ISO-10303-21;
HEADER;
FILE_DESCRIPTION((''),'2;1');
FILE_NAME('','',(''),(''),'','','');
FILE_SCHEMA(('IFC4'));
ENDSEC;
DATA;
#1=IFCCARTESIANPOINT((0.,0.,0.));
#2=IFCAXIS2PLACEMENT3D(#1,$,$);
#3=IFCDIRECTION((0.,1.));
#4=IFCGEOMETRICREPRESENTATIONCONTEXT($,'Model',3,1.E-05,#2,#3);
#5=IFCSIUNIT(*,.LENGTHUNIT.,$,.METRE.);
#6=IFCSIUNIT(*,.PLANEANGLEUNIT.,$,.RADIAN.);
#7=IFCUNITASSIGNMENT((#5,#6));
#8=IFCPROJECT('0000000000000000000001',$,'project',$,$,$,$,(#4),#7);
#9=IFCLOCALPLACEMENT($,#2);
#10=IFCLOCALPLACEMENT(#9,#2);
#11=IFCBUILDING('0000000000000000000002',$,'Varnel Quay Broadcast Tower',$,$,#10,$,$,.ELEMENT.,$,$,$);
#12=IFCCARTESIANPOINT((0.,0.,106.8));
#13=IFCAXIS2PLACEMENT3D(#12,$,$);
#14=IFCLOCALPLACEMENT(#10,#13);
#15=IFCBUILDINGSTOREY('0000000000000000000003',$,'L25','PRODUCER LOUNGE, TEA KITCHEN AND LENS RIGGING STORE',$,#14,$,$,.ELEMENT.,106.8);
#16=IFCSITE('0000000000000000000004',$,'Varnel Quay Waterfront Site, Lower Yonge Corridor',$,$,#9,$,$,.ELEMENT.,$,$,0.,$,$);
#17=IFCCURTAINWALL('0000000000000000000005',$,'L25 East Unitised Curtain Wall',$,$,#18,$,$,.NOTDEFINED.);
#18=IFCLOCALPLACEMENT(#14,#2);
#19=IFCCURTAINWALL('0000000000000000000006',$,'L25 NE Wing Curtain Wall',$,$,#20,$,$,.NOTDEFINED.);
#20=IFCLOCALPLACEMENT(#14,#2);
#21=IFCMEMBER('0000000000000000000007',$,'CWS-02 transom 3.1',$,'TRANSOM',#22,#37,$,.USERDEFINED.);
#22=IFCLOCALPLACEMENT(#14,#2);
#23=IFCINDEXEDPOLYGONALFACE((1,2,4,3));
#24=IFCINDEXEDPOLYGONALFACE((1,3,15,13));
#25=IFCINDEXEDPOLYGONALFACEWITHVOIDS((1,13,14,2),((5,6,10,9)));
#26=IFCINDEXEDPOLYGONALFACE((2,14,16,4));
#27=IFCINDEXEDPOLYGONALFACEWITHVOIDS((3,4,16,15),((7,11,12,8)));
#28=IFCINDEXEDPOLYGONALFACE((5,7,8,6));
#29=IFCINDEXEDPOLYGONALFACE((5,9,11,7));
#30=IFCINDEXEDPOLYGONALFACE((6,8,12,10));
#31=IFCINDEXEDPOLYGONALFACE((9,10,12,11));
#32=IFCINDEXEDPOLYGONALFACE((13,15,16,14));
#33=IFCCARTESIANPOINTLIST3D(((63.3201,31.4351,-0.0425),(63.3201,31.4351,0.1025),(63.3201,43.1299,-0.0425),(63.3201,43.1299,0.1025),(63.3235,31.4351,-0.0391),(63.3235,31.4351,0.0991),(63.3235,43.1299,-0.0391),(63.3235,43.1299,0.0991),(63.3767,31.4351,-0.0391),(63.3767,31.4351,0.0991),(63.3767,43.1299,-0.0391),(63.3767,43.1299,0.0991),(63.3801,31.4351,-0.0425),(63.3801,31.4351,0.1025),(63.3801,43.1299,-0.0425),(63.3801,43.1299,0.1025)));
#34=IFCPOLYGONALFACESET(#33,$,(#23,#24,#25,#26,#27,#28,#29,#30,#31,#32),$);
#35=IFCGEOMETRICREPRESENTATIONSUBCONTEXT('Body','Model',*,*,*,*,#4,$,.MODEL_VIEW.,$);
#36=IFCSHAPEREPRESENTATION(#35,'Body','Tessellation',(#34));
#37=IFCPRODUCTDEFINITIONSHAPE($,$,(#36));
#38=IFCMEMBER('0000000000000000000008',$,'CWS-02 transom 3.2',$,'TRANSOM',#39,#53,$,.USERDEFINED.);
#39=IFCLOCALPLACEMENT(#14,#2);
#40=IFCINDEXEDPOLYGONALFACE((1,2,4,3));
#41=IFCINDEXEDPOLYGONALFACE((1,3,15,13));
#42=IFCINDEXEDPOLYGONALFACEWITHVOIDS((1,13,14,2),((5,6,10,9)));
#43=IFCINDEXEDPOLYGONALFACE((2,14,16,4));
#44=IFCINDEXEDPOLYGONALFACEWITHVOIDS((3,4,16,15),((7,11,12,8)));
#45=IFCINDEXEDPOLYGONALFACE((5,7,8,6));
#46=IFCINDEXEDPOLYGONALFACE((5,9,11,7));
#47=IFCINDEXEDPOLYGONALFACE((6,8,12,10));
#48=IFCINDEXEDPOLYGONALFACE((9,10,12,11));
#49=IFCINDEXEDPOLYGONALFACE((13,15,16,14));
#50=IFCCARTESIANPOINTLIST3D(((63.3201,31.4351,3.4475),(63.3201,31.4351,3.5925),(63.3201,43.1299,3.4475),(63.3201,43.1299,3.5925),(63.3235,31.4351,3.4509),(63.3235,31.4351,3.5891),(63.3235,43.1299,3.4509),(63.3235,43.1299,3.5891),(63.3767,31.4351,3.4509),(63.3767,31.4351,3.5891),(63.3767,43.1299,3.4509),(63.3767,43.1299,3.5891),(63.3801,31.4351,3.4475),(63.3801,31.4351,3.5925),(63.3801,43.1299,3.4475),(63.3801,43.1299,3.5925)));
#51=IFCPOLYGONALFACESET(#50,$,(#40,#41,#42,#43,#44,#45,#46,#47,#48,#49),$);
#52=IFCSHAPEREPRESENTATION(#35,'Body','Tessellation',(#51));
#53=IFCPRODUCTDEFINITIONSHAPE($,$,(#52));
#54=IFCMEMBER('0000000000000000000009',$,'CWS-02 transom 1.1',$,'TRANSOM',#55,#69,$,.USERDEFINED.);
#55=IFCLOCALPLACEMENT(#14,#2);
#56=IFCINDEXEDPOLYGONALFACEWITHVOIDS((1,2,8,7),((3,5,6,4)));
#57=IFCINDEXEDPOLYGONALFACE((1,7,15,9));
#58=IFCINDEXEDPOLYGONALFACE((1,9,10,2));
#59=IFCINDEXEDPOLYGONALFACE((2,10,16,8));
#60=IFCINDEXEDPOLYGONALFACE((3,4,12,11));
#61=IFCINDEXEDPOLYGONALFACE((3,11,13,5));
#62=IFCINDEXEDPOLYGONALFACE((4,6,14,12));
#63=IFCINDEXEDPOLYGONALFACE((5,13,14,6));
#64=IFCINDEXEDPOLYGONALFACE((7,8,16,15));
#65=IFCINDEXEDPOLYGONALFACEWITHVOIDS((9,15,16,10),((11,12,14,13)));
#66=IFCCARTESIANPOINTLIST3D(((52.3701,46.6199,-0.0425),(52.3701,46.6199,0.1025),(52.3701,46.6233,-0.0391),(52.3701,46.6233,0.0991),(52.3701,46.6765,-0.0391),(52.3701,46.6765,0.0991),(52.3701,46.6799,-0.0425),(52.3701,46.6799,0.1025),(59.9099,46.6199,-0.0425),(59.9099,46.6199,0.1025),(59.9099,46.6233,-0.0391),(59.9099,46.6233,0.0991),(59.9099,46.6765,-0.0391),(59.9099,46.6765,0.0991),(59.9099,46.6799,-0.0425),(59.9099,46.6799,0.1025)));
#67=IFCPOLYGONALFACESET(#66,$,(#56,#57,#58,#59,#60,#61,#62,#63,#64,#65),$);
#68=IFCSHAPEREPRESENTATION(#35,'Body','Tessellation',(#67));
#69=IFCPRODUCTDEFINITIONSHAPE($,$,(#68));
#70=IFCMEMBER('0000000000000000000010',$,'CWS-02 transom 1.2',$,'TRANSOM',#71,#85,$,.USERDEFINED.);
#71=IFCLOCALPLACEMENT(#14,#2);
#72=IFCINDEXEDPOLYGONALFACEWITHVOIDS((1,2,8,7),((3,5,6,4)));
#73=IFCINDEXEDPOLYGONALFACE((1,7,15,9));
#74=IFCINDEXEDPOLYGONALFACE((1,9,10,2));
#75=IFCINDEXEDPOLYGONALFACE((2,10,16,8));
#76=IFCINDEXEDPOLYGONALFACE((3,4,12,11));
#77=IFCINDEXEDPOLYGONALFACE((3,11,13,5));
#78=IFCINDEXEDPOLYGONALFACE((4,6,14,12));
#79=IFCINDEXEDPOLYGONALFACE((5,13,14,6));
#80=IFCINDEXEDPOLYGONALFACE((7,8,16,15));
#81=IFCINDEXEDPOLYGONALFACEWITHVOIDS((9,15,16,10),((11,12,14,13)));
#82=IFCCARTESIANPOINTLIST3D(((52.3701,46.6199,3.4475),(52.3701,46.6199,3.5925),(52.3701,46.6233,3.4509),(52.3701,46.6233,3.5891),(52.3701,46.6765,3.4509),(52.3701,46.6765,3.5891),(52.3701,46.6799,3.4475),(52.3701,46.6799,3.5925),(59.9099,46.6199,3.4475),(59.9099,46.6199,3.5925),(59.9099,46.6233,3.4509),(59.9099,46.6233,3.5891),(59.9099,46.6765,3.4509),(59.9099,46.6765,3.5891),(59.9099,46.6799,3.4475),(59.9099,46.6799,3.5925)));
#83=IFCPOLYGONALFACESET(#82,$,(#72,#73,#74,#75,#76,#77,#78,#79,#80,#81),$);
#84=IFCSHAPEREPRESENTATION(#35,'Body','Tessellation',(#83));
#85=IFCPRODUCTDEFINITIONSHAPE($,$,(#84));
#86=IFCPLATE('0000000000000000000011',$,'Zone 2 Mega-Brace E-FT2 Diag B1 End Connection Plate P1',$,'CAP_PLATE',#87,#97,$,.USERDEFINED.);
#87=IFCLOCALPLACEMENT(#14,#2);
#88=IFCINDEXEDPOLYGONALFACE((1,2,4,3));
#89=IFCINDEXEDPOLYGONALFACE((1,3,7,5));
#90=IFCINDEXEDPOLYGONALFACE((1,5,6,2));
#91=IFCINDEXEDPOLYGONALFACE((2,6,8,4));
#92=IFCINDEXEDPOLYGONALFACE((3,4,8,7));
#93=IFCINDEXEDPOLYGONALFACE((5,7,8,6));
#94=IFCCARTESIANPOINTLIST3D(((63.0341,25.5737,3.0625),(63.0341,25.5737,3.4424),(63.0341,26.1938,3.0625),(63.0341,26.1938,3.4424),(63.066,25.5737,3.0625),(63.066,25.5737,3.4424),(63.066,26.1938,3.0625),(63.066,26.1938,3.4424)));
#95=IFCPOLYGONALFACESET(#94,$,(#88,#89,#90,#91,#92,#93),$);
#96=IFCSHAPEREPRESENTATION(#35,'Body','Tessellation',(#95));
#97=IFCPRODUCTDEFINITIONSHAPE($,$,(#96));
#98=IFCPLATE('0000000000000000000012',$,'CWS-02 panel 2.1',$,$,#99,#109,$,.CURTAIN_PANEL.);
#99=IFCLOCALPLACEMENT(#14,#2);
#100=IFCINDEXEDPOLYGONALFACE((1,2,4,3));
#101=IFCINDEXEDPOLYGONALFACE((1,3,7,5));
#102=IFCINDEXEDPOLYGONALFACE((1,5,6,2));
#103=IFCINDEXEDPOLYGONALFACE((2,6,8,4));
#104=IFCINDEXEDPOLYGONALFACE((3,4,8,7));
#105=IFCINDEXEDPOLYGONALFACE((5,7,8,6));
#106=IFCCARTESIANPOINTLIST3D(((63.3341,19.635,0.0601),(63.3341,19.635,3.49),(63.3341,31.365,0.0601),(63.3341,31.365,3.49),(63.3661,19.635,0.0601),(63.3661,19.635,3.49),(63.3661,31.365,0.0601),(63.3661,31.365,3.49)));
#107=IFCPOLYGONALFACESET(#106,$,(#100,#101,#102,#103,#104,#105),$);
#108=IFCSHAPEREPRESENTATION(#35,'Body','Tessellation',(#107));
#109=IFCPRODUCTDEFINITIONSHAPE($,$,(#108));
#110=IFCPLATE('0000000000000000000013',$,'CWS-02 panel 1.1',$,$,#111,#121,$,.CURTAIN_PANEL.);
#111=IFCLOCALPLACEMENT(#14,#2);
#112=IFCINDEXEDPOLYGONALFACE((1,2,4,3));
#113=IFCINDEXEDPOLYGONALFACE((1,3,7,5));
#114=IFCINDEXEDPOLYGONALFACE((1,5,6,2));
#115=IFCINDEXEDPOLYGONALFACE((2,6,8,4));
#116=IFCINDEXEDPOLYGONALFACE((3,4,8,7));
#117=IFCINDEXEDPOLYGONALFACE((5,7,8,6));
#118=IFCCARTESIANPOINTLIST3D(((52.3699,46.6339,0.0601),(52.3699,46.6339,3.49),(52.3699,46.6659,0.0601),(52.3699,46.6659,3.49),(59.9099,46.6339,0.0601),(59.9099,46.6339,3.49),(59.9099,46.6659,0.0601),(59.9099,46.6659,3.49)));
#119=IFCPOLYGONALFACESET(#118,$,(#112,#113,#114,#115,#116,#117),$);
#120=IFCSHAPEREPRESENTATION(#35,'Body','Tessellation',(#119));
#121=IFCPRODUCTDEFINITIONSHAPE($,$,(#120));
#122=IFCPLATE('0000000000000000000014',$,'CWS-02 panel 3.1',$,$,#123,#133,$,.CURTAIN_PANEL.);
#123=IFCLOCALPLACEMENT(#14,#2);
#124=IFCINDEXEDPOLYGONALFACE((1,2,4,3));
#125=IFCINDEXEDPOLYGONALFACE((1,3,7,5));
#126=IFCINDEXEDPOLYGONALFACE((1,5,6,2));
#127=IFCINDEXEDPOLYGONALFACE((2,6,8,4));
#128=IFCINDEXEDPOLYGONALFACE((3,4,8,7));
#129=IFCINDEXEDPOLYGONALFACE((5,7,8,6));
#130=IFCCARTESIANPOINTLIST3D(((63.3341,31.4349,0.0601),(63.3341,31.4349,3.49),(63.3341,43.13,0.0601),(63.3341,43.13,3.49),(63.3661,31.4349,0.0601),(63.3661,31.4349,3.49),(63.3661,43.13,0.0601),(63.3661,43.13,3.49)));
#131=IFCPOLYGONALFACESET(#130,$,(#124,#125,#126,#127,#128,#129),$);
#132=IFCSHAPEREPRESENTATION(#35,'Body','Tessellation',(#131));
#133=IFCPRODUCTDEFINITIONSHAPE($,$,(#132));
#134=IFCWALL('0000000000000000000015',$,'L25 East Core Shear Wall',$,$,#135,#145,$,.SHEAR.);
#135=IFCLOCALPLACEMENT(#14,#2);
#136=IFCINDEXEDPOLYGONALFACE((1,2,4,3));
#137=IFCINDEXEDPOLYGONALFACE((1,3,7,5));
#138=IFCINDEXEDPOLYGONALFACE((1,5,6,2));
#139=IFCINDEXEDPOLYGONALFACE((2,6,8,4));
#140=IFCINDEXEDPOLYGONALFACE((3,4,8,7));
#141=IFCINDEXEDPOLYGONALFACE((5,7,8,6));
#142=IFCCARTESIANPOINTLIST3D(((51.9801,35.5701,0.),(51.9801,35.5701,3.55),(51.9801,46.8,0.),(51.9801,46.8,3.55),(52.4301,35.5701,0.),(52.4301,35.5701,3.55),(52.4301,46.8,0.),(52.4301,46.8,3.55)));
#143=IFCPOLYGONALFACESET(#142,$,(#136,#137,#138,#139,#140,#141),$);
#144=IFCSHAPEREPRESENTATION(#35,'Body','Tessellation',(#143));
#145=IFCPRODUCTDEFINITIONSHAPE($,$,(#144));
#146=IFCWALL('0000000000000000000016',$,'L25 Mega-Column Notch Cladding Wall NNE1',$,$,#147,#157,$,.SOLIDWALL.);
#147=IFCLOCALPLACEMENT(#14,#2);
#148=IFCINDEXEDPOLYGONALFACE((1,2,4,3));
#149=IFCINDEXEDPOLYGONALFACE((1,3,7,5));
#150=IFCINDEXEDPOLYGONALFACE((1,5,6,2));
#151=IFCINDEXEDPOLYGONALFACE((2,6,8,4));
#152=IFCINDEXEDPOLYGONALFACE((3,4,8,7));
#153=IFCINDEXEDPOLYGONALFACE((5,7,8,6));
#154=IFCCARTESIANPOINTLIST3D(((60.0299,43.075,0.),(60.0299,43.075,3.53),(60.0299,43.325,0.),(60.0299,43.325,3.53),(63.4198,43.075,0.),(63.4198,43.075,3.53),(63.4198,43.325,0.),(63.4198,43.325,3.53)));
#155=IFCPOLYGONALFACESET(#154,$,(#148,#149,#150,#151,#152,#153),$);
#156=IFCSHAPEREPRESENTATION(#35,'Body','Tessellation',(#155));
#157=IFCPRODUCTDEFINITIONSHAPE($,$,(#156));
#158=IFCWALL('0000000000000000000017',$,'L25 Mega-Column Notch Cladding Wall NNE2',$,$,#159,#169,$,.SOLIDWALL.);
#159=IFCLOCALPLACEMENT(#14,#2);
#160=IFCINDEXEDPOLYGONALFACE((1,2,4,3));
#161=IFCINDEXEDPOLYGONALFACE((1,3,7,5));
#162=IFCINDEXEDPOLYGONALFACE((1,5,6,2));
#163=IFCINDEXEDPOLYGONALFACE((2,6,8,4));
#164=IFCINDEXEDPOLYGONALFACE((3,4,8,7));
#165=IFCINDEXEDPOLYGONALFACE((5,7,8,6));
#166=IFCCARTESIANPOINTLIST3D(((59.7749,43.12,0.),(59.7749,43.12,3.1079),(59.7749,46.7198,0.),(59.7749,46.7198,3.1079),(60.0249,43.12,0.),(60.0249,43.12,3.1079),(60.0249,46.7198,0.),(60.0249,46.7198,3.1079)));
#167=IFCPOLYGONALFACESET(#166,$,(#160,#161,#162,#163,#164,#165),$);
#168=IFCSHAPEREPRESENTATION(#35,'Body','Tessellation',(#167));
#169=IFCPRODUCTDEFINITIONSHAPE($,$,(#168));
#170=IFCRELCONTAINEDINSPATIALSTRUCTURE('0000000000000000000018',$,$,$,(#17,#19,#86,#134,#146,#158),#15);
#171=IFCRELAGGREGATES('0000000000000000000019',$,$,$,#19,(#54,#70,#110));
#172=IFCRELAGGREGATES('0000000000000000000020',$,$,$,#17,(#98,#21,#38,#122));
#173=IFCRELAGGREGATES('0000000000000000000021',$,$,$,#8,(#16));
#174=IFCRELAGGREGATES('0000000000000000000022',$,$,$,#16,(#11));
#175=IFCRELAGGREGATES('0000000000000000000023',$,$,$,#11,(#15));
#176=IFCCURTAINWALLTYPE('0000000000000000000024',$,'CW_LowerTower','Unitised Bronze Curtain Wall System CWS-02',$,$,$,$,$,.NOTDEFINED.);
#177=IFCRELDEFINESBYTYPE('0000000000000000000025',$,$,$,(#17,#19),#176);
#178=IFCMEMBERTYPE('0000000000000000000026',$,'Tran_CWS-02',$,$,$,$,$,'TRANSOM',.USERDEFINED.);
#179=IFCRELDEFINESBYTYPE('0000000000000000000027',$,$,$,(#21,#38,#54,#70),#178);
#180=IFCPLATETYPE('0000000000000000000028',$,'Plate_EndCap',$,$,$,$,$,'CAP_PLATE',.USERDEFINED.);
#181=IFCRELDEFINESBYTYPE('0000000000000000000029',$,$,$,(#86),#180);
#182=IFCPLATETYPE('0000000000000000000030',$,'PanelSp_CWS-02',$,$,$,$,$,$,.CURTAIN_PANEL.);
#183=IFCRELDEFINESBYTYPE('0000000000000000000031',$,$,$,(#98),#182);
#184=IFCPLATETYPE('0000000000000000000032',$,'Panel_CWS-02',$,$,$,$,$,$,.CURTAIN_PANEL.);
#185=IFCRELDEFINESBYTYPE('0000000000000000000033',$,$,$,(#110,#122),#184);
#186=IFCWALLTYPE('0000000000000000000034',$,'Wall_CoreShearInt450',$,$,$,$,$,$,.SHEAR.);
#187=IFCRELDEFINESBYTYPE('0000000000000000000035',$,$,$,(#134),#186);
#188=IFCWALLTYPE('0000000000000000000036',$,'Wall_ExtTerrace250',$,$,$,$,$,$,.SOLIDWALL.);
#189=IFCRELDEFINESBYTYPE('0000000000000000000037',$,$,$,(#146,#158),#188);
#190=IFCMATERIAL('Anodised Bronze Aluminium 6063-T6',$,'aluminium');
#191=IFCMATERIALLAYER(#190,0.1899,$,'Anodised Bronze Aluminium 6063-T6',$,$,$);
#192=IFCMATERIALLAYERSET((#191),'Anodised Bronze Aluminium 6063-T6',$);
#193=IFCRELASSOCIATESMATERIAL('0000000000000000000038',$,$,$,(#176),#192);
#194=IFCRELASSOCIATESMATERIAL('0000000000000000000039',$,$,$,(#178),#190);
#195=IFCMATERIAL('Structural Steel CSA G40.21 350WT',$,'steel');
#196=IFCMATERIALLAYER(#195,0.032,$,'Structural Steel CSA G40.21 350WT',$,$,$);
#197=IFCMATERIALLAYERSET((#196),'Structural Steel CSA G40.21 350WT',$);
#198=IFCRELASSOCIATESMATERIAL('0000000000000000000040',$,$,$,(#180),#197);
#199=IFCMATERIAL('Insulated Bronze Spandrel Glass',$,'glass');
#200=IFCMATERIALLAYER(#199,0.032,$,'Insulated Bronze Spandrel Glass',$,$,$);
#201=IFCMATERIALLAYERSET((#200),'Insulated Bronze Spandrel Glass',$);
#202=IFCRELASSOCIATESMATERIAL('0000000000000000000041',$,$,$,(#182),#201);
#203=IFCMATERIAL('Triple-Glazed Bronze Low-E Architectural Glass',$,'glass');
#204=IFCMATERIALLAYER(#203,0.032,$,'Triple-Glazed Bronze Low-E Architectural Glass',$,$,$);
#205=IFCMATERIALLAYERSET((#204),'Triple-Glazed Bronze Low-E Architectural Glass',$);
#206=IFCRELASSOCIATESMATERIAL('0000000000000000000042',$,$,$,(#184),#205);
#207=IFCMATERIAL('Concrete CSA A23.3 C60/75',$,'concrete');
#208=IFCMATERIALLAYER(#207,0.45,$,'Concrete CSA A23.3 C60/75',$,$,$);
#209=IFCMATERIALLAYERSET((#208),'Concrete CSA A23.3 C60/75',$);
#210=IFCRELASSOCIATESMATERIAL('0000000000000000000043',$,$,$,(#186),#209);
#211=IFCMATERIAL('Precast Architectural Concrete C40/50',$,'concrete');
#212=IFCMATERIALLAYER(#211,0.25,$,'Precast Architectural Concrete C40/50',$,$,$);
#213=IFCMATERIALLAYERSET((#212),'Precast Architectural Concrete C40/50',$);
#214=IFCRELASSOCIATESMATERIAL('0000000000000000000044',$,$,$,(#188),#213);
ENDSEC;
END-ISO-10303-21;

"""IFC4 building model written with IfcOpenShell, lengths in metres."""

from ifc_helpers import new_model, si_unit, direction, frame, frame_2d, origin, origin_2d, place, context, subcontext, project, spatial, rectangle, hollow_rectangle, extrude, source, transform, mapped, material, layer, layer_set, material_profile, profile_set, type_object, type_shapes, element, aggregate, save


model = new_model("IFC4")

# Units and contexts
model_context = context("Model", 3, precision=1e-05, world=origin(), true_north=direction((0.0, 1.0)))
body_context = subcontext(model_context, "Body", "Model", "MODEL_VIEW")
ifc_project = project(units=[si_unit("LENGTHUNIT", "METRE"), si_unit("PLANEANGLEUNIT", "RADIAN")], contexts=[model_context])

# Site, building, storey
site_placement = place(None, origin())
site = spatial("IfcSite", under=ifc_project, at=site_placement, Name="Varnel Quay Waterfront Site, Lower Yonge Corridor", CompositionType="ELEMENT", RefElevation=0.0)
building_placement = place(site_placement, origin())
building = spatial("IfcBuilding", under=site, at=building_placement, Name="Varnel Quay Broadcast Tower", CompositionType="ELEMENT")
storey_placement = place(building_placement, frame((0.0, 0.0, 106.8)))
storey = spatial("IfcBuildingStorey", under=building, at=storey_placement, Name="L25", Description="PRODUCER LOUNGE, TEA KITCHEN AND LENS RIGGING STORE", CompositionType="ELEMENT", Elevation=106.8)

# Shared definitions
ifc_material_1 = material(Name="Structural Steel CSA G40.21 350WT", Category="steel")

# Curtain walls
ifc_material_2 = material(Name="Anodised Bronze Aluminium 6063-T6", Category="aluminium")
ifc_layer_1 = layer(ifc_material_2, 0.1899, Name="Anodised Bronze Aluminium 6063-T6")
ifc_layer_set_1 = layer_set([ifc_layer_1], Name="Anodised Bronze Aluminium 6063-T6")
curtain_wall_type = type_object("IfcCurtainWallType", Name="CW_LowerTower", Description="Unitised Bronze Curtain Wall System CWS-02", PredefinedType="NOTDEFINED", material=ifc_layer_set_1)
curtain_wall_1_placement = place(storey_placement, origin())
curtain_wall_1 = element("IfcCurtainWall", 1, at=curtain_wall_1_placement, inside=storey, type_object=curtain_wall_type, Name="L25 East Unitised Curtain Wall", PredefinedType="NOTDEFINED")
curtain_wall_2_placement = place(storey_placement, origin())
curtain_wall_2 = element("IfcCurtainWall", 2, at=curtain_wall_2_placement, inside=storey, type_object=curtain_wall_type, Name="L25 NE Wing Curtain Wall", PredefinedType="NOTDEFINED")

# Members
ifc_material_profile_1 = material_profile(ifc_material_2, hollow_rectangle(XDim=0.0601, YDim=0.145, WallThickness=0.0034, at=origin_2d()), Name="ALU60X145X3.5")
ifc_profile_set_1 = profile_set([ifc_material_profile_1], Name="Anodised Bronze Aluminium 6063-T6")
member_type_1 = type_object("IfcMemberType", Name="Tran_CWS-02", ElementType="TRANSOM", PredefinedType="USERDEFINED", material=ifc_profile_set_1)
shared_shape_1 = source(origin(), body_context, "Body", "SweptSolid", [
    extrude(hollow_rectangle(XDim=0.0601, YDim=0.145, WallThickness=0.0034, at=origin_2d()), origin(), (0.0, 0.0, 1.0), 11.6948),
])
member_1_placement = place(storey_placement, frame((63.3501, 31.4351, 0.03), z_axis=(0.0, 1.0, 0.0), x_axis=(-1.0, 0.0, 0.0)))
member_1 = element("IfcMember", 3, at=member_1_placement, type_object=member_type_1, Name="CWS-02 transom 3.1", ObjectType="TRANSOM", PredefinedType="USERDEFINED", context=body_context, shape_type="MappedRepresentation", body=[
    mapped(shared_shape_1, transform((0.0, 0.0, 0.0), x_axis=(1.0, 0.0, 0.0), y_axis=(0.0, 1.0, 0.0), z_axis=(0.0, 0.0, 1.0), scale=1.0)),
])
member_2_placement = place(storey_placement, frame((63.3501, 31.4351, 3.52), z_axis=(0.0, 1.0, 0.0), x_axis=(-1.0, 0.0, 0.0)))
member_2 = element("IfcMember", 4, at=member_2_placement, type_object=member_type_1, Name="CWS-02 transom 3.2", ObjectType="TRANSOM", PredefinedType="USERDEFINED", context=body_context, shape_type="MappedRepresentation", body=[
    mapped(shared_shape_1, transform((0.0, 0.0, 0.0), x_axis=(1.0, 0.0, 0.0), y_axis=(0.0, 1.0, 0.0), z_axis=(0.0, 0.0, 1.0), scale=1.0)),
])
shared_shape_2 = source(origin(), body_context, "Body", "SweptSolid", [
    extrude(hollow_rectangle(XDim=0.0601, YDim=0.145, WallThickness=0.0034, at=origin_2d()), origin(), (0.0, 0.0, 1.0), 7.5398),
])
type_shapes(member_type_1, [shared_shape_1, shared_shape_2])
member_3_placement = place(storey_placement, frame((52.3701, 46.6499, 0.03), z_axis=(1.0, 0.0, 0.0), x_axis=(0.0, 1.0, 0.0)))
member_3 = element("IfcMember", 5, at=member_3_placement, type_object=member_type_1, Name="CWS-02 transom 1.1", ObjectType="TRANSOM", PredefinedType="USERDEFINED", context=body_context, shape_type="MappedRepresentation", body=[
    mapped(shared_shape_2, transform((0.0, 0.0, 0.0), x_axis=(1.0, 0.0, 0.0), y_axis=(0.0, 1.0, 0.0), z_axis=(0.0, 0.0, 1.0), scale=1.0)),
])
member_4_placement = place(storey_placement, frame((52.3701, 46.6499, 3.52), z_axis=(1.0, 0.0, 0.0), x_axis=(0.0, 1.0, 0.0)))
member_4 = element("IfcMember", 6, at=member_4_placement, type_object=member_type_1, Name="CWS-02 transom 1.2", ObjectType="TRANSOM", PredefinedType="USERDEFINED", context=body_context, shape_type="MappedRepresentation", body=[
    mapped(shared_shape_2, transform((0.0, 0.0, 0.0), x_axis=(1.0, 0.0, 0.0), y_axis=(0.0, 1.0, 0.0), z_axis=(0.0, 0.0, 1.0), scale=1.0)),
])

# Plates
ifc_layer_2 = layer(ifc_material_1, 0.032, Name="Structural Steel CSA G40.21 350WT")
ifc_layer_set_2 = layer_set([ifc_layer_2], Name="Structural Steel CSA G40.21 350WT")
plate_type_1 = type_object("IfcPlateType", Name="Plate_EndCap", ElementType="CAP_PLATE", PredefinedType="USERDEFINED", material=ifc_layer_set_2)
shared_shape_3 = source(origin(), body_context, "Body", "SweptSolid", [
    extrude(rectangle(XDim=0.6201, YDim=0.032, at=origin_2d()), origin(), (0.0, 0.0, 1.0), 0.3799),
])
type_shapes(plate_type_1, [shared_shape_3])
plate_1_placement = place(storey_placement, frame((63.05, 25.8838, 3.0625), z_axis=(0.0, 0.0, 1.0), x_axis=(0.0, 1.0, 0.0)))
element("IfcPlate", 7, at=plate_1_placement, inside=storey, type_object=plate_type_1, Name="Zone 2 Mega-Brace E-FT2 Diag B1 End Connection Plate P1", ObjectType="CAP_PLATE", PredefinedType="USERDEFINED", context=body_context, shape_type="MappedRepresentation", body=[
    mapped(shared_shape_3, transform((0.0, 0.0, 0.0), x_axis=(1.0, 0.0, 0.0), y_axis=(0.0, 1.0, 0.0), z_axis=(0.0, 0.0, 1.0), scale=1.0)),
])
ifc_material_3 = material(Name="Insulated Bronze Spandrel Glass", Category="glass")
ifc_layer_3 = layer(ifc_material_3, 0.032, Name="Insulated Bronze Spandrel Glass")
ifc_layer_set_3 = layer_set([ifc_layer_3], Name="Insulated Bronze Spandrel Glass")
plate_type_2 = type_object("IfcPlateType", Name="PanelSp_CWS-02", PredefinedType="CURTAIN_PANEL", material=ifc_layer_set_3)
shared_shape_4 = source(origin(), body_context, "Body", "SweptSolid", [
    extrude(rectangle(XDim=11.73, YDim=0.032, at=origin_2d()), origin(), (0.0, 0.0, 1.0), 3.4299),
])
type_shapes(plate_type_2, [shared_shape_4])
plate_2_placement = place(storey_placement, frame((63.3501, 25.5, 0.0601), z_axis=(0.0, 0.0, 1.0), x_axis=(0.0, 1.0, 0.0)))
plate_2 = element("IfcPlate", 8, at=plate_2_placement, type_object=plate_type_2, Name="CWS-02 panel 2.1", PredefinedType="CURTAIN_PANEL", context=body_context, shape_type="MappedRepresentation", body=[
    mapped(shared_shape_4, transform((0.0, 0.0, 0.0), x_axis=(1.0, 0.0, 0.0), y_axis=(0.0, 1.0, 0.0), z_axis=(0.0, 0.0, 1.0), scale=1.0)),
])
ifc_material_4 = material(Name="Triple-Glazed Bronze Low-E Architectural Glass", Category="glass")
ifc_layer_4 = layer(ifc_material_4, 0.032, Name="Triple-Glazed Bronze Low-E Architectural Glass")
ifc_layer_set_4 = layer_set([ifc_layer_4], Name="Triple-Glazed Bronze Low-E Architectural Glass")
plate_type_3 = type_object("IfcPlateType", Name="Panel_CWS-02", PredefinedType="CURTAIN_PANEL", material=ifc_layer_set_4)
shared_shape_5 = source(origin(), body_context, "Body", "SweptSolid", [
    extrude(rectangle(XDim=7.54, YDim=0.032, at=origin_2d()), origin(), (0.0, 0.0, 1.0), 3.4299),
])
plate_3_placement = place(storey_placement, frame((56.1399, 46.6499, 0.0601), z_axis=(0.0, 0.0, 1.0), x_axis=(1.0, 0.0, 0.0)))
plate_3 = element("IfcPlate", 9, at=plate_3_placement, type_object=plate_type_3, Name="CWS-02 panel 1.1", PredefinedType="CURTAIN_PANEL", context=body_context, shape_type="MappedRepresentation", body=[
    mapped(shared_shape_5, transform((0.0, 0.0, 0.0), x_axis=(1.0, 0.0, 0.0), y_axis=(0.0, 1.0, 0.0), z_axis=(0.0, 0.0, 1.0), scale=1.0)),
])
aggregate(curtain_wall_2, [member_3, member_4, plate_3])
shared_shape_6 = source(origin(), body_context, "Body", "SweptSolid", [
    extrude(rectangle(XDim=11.6951, YDim=0.032, at=origin_2d()), origin(), (0.0, 0.0, 1.0), 3.4299),
])
type_shapes(plate_type_3, [shared_shape_5, shared_shape_6])
plate_4_placement = place(storey_placement, frame((63.3501, 37.2825, 0.0601), z_axis=(0.0, 0.0, 1.0), x_axis=(0.0, 1.0, 0.0)))
plate_4 = element("IfcPlate", 10, at=plate_4_placement, type_object=plate_type_3, Name="CWS-02 panel 3.1", PredefinedType="CURTAIN_PANEL", context=body_context, shape_type="MappedRepresentation", body=[
    mapped(shared_shape_6, transform((0.0, 0.0, 0.0), x_axis=(1.0, 0.0, 0.0), y_axis=(0.0, 1.0, 0.0), z_axis=(0.0, 0.0, 1.0), scale=1.0)),
])
aggregate(curtain_wall_1, [plate_2, member_1, member_2, plate_4])

# Walls
ifc_material_5 = material(Name="Concrete CSA A23.3 C60/75", Category="concrete")
ifc_layer_5 = layer(ifc_material_5, 0.45, Name="Concrete CSA A23.3 C60/75")
ifc_layer_set_5 = layer_set([ifc_layer_5], Name="Concrete CSA A23.3 C60/75")
wall_type_1 = type_object("IfcWallType", Name="Wall_CoreShearInt450", PredefinedType="SHEAR", material=ifc_layer_set_5)
wall_1_placement = place(storey_placement, frame((52.2051, 35.5701, 0.0), z_axis=(0.0, 0.0, 1.0), x_axis=(0.0, 1.0, 0.0)))
element("IfcWall", 11, at=wall_1_placement, inside=storey, type_object=wall_type_1, Name="L25 East Core Shear Wall", PredefinedType="SHEAR", context=body_context, shape_type="SweptSolid", body=[
    extrude(rectangle(XDim=11.23, YDim=0.45, at=frame_2d((5.615, 0.0))), origin(), (0.0, 0.0, 1.0), 3.55),
])
ifc_material_6 = material(Name="Precast Architectural Concrete C40/50", Category="concrete")
ifc_layer_6 = layer(ifc_material_6, 0.25, Name="Precast Architectural Concrete C40/50")
ifc_layer_set_6 = layer_set([ifc_layer_6], Name="Precast Architectural Concrete C40/50")
wall_type_2 = type_object("IfcWallType", Name="Wall_ExtTerrace250", PredefinedType="SOLIDWALL", material=ifc_layer_set_6)
wall_2_placement = place(storey_placement, frame((60.03, 43.2, 0.0), z_axis=(0.0, 0.0, 1.0), x_axis=(1.0, 0.0, 0.0)))
element("IfcWall", 12, at=wall_2_placement, inside=storey, type_object=wall_type_2, Name="L25 Mega-Column Notch Cladding Wall NNE1", PredefinedType="SOLIDWALL", context=body_context, shape_type="SweptSolid", body=[
    extrude(rectangle(XDim=3.3899, YDim=0.25, at=frame_2d((1.6948, 0.0))), origin(), (0.0, 0.0, 1.0), 3.53),
])
wall_3_placement = place(storey_placement, frame((59.8999, 43.1201, 0.0), z_axis=(0.0, 0.0, 1.0), x_axis=(0.0, 1.0, 0.0)))
element("IfcWall", 13, at=wall_3_placement, inside=storey, type_object=wall_type_2, Name="L25 Mega-Column Notch Cladding Wall NNE2", PredefinedType="SOLIDWALL", context=body_context, shape_type="SweptSolid", body=[
    extrude(rectangle(XDim=3.5999, YDim=0.25, at=frame_2d((1.7998, 0.0))), origin(), (0.0, 0.0, 1.0), 3.1079),
])

save(model, "model.ifc")
